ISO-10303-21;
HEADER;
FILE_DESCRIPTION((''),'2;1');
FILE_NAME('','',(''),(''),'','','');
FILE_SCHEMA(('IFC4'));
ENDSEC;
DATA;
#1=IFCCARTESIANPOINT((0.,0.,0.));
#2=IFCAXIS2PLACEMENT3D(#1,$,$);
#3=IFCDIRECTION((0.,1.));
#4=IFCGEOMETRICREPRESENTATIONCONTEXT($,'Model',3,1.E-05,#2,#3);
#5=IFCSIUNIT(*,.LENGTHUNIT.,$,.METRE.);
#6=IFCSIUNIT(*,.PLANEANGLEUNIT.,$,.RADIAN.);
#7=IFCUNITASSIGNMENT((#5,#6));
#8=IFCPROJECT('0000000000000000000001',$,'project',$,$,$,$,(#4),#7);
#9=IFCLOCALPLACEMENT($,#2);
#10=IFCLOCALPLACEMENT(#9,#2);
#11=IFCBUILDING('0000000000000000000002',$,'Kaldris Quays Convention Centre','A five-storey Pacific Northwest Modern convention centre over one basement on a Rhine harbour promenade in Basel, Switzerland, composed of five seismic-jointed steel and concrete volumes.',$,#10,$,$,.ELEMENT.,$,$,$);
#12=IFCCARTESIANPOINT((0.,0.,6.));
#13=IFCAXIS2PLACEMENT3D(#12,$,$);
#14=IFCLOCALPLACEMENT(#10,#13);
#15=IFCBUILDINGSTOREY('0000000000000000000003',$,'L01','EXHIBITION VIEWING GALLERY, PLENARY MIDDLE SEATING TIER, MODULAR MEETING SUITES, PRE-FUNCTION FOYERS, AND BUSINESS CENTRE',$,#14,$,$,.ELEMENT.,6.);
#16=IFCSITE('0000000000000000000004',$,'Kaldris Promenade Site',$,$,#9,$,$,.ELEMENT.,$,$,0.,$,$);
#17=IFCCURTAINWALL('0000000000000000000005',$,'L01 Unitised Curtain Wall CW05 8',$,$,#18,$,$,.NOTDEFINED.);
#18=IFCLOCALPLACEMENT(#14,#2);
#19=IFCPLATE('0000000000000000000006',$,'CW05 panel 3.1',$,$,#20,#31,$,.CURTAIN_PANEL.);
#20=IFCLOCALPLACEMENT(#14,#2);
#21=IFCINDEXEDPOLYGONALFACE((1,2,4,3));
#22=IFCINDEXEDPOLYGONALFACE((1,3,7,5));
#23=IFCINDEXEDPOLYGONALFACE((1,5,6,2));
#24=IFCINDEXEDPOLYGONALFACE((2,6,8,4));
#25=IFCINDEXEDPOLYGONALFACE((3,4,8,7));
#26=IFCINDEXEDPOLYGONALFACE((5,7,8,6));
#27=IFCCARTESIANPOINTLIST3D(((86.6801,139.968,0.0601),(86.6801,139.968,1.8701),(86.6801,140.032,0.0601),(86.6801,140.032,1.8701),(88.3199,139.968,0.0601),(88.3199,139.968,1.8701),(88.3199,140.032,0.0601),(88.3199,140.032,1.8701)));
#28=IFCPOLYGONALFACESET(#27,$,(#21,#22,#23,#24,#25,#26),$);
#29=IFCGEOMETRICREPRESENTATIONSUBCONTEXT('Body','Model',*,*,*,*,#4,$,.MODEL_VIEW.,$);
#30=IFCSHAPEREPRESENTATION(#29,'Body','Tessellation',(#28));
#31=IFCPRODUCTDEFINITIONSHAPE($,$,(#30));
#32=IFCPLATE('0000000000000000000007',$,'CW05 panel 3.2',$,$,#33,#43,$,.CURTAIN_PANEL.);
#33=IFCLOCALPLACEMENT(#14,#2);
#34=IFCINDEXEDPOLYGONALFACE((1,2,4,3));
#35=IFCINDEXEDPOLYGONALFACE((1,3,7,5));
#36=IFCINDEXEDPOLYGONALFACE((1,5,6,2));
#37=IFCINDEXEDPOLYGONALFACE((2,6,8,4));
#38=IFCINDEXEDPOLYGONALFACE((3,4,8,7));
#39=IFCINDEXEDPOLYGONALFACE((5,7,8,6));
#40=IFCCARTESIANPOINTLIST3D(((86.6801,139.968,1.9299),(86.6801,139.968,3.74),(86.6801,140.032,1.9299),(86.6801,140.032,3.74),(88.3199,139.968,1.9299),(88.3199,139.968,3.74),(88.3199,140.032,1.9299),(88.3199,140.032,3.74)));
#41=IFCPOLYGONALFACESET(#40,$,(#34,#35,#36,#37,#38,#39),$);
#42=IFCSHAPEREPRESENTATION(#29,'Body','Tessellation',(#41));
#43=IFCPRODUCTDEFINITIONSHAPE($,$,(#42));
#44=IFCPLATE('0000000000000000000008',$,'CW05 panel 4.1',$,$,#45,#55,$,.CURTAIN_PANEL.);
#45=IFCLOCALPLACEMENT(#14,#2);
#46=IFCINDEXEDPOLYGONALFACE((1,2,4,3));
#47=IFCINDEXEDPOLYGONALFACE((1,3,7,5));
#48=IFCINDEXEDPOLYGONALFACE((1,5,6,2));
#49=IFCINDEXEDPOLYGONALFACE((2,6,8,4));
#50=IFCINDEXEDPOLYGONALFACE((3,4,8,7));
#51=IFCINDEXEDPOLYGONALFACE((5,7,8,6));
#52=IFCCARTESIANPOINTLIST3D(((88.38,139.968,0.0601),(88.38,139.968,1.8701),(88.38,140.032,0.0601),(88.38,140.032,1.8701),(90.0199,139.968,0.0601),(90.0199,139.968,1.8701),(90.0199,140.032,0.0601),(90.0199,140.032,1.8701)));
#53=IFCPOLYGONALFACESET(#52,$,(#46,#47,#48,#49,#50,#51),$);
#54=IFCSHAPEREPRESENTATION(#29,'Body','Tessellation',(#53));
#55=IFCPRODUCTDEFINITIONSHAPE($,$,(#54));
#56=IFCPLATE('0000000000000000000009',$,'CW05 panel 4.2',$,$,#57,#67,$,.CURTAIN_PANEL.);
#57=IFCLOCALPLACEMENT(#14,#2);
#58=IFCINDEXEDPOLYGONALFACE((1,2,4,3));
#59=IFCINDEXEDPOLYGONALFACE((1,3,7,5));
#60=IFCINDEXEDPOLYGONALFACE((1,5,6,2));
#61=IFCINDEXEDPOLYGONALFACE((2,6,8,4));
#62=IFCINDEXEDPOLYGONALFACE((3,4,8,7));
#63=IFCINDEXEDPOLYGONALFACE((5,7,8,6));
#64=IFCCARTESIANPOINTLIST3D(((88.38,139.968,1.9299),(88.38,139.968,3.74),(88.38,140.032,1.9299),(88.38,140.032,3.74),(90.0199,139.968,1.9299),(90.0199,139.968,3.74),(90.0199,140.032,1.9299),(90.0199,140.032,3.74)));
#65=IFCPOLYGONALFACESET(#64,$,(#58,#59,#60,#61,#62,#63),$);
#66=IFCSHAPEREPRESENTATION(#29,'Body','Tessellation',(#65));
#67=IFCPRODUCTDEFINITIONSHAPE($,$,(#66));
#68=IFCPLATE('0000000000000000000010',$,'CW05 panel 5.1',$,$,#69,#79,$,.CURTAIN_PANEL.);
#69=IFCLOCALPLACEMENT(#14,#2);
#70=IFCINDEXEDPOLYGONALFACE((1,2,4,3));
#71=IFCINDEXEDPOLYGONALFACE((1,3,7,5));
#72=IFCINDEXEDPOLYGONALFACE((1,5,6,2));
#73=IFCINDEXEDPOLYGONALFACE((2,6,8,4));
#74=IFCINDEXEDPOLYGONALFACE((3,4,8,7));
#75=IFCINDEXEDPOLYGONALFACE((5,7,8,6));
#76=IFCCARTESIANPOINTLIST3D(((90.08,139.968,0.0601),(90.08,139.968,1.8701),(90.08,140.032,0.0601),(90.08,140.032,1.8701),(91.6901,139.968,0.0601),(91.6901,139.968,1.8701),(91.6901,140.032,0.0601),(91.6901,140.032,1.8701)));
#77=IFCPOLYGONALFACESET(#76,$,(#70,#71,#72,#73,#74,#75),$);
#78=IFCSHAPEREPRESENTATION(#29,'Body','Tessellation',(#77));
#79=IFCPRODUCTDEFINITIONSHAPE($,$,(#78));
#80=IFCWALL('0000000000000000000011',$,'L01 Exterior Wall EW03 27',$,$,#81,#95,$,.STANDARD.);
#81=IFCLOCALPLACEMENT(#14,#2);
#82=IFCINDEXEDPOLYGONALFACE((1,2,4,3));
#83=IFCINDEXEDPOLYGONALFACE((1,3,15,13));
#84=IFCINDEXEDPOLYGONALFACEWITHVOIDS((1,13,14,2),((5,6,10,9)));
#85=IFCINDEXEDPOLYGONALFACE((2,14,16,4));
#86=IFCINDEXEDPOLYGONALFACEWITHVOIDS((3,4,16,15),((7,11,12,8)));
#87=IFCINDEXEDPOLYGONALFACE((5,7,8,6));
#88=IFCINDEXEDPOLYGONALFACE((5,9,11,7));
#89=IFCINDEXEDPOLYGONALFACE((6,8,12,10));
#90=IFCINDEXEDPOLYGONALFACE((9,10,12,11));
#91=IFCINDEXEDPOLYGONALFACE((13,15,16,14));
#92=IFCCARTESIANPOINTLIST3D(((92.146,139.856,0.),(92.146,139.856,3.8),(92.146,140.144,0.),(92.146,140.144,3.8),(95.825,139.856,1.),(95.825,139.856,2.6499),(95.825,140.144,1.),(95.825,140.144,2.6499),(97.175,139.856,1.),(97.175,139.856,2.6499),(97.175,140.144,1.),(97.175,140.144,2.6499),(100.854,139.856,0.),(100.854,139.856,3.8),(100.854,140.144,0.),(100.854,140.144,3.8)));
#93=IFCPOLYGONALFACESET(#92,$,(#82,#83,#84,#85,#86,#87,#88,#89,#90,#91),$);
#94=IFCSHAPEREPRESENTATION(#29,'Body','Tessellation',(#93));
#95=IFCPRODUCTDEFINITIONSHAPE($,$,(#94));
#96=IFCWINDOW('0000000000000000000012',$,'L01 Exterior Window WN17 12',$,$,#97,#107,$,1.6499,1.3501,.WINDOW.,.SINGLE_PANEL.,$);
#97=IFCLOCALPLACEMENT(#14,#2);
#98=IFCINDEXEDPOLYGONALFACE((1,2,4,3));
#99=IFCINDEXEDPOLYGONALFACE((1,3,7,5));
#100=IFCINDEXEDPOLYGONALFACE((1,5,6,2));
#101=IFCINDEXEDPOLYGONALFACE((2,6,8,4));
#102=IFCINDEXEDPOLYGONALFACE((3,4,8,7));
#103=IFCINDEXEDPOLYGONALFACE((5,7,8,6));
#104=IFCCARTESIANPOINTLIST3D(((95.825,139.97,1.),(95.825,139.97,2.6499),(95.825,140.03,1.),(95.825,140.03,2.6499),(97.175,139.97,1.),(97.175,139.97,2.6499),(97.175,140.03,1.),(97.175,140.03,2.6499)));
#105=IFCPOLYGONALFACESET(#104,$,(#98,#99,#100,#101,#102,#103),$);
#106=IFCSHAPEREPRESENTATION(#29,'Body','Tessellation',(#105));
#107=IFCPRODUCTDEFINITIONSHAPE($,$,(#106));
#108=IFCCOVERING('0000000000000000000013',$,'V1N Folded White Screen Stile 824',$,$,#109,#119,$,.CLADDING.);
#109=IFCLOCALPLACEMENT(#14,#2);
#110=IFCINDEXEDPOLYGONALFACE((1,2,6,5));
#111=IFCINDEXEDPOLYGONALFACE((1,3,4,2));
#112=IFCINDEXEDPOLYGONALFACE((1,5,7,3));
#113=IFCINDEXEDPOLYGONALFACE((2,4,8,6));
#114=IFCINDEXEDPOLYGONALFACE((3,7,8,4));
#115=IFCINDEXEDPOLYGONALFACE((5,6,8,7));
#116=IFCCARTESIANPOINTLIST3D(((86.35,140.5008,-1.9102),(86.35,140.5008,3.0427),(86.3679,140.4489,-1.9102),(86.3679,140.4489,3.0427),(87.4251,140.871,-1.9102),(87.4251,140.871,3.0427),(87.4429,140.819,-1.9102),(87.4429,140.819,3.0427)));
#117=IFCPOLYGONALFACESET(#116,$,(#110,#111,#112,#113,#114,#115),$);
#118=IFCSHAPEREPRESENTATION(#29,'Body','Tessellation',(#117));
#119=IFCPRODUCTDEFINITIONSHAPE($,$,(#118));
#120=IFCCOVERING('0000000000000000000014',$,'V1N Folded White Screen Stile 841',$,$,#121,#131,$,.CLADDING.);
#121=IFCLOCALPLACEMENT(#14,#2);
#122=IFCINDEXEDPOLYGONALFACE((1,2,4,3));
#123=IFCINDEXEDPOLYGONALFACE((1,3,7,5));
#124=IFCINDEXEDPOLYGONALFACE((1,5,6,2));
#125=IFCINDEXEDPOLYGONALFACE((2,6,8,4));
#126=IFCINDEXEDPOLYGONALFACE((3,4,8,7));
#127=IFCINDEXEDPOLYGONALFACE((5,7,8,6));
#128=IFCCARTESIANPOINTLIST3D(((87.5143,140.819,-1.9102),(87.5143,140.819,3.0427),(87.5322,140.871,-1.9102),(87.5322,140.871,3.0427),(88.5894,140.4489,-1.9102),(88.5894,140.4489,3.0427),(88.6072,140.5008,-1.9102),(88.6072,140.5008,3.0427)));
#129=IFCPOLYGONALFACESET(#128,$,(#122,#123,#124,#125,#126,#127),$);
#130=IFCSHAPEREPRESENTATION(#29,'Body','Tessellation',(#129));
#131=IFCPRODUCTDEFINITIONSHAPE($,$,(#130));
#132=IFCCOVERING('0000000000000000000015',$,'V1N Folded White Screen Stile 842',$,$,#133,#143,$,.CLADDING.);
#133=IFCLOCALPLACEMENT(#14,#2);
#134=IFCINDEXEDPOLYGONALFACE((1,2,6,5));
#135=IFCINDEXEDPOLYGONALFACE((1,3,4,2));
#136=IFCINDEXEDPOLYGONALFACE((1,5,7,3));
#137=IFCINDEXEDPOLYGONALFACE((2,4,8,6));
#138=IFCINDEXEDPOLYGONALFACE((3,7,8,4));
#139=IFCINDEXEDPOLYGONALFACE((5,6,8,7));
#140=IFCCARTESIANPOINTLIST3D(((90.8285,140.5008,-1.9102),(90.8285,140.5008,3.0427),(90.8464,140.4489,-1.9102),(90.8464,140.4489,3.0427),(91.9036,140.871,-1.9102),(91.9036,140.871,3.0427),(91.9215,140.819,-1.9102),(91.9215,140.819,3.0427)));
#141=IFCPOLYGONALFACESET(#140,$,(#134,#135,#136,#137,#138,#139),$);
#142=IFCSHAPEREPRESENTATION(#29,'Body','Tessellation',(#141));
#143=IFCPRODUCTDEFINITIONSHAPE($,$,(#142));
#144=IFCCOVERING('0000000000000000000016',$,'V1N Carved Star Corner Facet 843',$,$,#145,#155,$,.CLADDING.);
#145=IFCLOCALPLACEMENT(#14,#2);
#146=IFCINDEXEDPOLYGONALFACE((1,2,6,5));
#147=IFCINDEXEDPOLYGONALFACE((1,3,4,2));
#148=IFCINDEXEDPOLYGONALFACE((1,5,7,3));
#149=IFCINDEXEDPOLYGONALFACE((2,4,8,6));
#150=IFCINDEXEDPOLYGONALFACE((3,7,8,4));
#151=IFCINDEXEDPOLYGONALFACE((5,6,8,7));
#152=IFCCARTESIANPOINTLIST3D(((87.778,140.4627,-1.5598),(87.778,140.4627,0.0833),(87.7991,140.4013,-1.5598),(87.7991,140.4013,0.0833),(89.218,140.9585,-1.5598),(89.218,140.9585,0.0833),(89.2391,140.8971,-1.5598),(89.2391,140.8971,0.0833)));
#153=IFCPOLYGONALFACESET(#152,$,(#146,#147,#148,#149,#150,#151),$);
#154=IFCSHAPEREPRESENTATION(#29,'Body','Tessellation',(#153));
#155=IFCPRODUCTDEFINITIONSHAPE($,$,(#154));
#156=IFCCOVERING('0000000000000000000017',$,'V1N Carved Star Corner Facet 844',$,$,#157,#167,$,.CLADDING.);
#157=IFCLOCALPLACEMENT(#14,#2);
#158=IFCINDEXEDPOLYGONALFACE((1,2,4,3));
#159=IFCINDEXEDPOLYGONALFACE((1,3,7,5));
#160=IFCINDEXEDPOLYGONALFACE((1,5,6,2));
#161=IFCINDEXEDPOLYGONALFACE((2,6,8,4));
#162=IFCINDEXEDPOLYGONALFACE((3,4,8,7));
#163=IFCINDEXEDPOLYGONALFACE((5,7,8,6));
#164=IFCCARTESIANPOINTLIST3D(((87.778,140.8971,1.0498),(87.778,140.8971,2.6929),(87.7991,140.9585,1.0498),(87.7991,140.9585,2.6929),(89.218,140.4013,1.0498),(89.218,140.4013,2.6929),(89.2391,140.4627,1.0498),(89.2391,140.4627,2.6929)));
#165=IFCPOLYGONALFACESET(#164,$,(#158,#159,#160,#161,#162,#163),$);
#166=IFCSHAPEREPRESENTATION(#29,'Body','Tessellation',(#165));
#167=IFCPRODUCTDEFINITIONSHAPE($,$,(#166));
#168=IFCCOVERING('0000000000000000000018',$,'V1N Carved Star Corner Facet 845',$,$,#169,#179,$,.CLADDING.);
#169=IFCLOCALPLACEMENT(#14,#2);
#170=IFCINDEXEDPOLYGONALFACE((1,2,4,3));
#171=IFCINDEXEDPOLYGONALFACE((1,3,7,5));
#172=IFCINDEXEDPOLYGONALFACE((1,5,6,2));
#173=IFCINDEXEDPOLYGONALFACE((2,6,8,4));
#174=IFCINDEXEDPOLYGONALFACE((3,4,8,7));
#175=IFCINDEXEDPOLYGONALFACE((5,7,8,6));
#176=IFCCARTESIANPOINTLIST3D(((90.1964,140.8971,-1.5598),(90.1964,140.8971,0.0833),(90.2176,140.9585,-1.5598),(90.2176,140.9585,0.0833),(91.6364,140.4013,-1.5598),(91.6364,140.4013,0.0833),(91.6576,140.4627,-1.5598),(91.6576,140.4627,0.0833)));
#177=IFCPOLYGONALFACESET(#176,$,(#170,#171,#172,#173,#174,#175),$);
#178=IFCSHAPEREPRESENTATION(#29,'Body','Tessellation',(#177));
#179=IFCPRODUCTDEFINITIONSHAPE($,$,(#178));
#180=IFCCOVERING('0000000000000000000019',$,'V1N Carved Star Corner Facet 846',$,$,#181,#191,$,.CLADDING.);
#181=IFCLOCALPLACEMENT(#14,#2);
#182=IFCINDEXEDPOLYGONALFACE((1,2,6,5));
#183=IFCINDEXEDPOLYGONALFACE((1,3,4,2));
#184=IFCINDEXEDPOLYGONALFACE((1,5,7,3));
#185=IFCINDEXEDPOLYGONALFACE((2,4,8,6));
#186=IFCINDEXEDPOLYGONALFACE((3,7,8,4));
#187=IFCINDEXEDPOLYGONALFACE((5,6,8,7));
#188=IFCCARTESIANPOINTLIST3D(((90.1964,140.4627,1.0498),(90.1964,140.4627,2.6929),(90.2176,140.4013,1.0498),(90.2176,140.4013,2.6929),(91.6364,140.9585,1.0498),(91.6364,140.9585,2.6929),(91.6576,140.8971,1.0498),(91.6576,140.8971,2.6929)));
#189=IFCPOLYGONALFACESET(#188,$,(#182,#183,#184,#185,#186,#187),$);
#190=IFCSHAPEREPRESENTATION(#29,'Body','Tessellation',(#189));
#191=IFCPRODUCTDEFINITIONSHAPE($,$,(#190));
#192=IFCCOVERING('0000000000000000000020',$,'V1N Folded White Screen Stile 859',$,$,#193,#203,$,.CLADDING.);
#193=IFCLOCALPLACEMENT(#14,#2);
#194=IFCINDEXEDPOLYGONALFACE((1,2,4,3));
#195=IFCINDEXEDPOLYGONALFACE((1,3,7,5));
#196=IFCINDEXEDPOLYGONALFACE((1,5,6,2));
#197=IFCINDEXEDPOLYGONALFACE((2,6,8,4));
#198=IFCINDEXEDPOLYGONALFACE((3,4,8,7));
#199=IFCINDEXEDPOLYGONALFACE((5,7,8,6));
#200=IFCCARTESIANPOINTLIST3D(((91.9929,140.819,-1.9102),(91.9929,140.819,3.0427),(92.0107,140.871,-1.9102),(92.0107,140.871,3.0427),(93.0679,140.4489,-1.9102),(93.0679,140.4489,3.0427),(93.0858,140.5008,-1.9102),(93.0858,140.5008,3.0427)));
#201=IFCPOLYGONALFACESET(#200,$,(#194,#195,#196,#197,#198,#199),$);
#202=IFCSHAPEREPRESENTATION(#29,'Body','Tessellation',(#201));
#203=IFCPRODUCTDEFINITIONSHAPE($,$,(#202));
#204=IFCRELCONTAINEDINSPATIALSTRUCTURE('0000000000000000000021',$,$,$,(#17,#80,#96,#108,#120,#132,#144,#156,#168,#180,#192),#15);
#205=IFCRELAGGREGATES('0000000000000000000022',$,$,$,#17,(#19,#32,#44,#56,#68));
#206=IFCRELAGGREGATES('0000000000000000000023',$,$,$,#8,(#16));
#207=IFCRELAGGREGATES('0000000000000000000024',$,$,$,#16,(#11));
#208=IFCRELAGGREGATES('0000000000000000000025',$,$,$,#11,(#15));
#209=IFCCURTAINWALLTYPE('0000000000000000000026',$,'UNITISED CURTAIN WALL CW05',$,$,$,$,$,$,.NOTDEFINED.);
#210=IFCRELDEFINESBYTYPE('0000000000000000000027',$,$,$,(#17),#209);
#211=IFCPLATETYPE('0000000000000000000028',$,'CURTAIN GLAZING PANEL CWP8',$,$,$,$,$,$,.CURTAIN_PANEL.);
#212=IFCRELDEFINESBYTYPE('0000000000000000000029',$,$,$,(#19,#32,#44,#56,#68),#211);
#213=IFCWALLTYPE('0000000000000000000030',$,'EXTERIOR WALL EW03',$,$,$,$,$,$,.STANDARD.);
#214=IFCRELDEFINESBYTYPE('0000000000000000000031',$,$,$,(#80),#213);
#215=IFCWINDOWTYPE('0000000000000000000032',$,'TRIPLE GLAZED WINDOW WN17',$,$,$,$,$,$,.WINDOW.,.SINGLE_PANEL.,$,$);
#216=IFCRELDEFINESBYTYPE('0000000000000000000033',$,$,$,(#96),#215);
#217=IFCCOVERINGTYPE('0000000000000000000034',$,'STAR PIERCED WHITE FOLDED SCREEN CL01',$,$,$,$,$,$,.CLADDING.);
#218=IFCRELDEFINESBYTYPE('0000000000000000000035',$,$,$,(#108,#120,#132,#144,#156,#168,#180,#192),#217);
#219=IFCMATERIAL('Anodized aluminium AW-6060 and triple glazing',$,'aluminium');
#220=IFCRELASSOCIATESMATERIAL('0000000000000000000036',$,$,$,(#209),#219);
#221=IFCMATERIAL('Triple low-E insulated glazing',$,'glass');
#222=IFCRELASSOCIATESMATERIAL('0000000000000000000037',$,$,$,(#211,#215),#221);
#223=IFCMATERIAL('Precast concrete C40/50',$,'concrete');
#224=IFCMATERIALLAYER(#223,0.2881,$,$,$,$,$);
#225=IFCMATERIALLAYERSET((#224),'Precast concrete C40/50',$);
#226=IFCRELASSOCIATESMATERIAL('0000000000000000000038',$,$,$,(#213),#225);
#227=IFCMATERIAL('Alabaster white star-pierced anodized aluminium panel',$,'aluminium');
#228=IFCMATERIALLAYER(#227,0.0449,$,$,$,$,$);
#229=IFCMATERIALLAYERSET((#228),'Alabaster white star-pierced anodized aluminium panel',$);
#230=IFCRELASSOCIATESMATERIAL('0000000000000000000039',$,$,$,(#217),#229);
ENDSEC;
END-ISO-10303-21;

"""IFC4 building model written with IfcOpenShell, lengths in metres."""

from ifc_helpers import new_model, si_unit, direction, frame, frame_2d, origin, origin_2d, place, context, subcontext, project, spatial, rectangle, extrude, material, layer, layer_set, type_object, element, fill, aggregate, save


model = new_model("IFC4")

# Units and contexts
model_context = context("Model", 3, precision=1e-05, world=origin(), true_north=direction((0.0, 1.0)))
body_context = subcontext(model_context, "Body", "Model", "MODEL_VIEW")
ifc_project = project(units=[si_unit("LENGTHUNIT", "METRE"), si_unit("PLANEANGLEUNIT", "RADIAN")], contexts=[model_context])

# Site, building, storey
site_placement = place(None, origin())
site = spatial("IfcSite", under=ifc_project, at=site_placement, Name="Kaldris Promenade Site", CompositionType="ELEMENT", RefElevation=0.0)
building_placement = place(site_placement, origin())
building = spatial("IfcBuilding", under=site, at=building_placement, Name="Kaldris Quays Convention Centre", Description="A five-storey Pacific Northwest Modern convention centre over one basement on a Rhine harbour promenade in Basel, Switzerland, composed of five seismic-jointed steel and concrete volumes.", CompositionType="ELEMENT")
storey_placement = place(building_placement, frame((0.0, 0.0, 6.0)))
storey = spatial("IfcBuildingStorey", under=building, at=storey_placement, Name="L01", Description="EXHIBITION VIEWING GALLERY, PLENARY MIDDLE SEATING TIER, MODULAR MEETING SUITES, PRE-FUNCTION FOYERS, AND BUSINESS CENTRE", CompositionType="ELEMENT", Elevation=6.0)

# Curtain wall, plates
ifc_material_1 = material(Name="Anodized aluminium AW-6060 and triple glazing", Category="aluminium")
curtain_wall_type = type_object("IfcCurtainWallType", Name="UNITISED CURTAIN WALL CW05", PredefinedType="NOTDEFINED", material=ifc_material_1)
curtain_wall_placement = place(storey_placement, origin())
curtain_wall = element("IfcCurtainWall", 1, at=curtain_wall_placement, inside=storey, type_object=curtain_wall_type, Name="L01 Unitised Curtain Wall CW05 8", PredefinedType="NOTDEFINED")
ifc_material_2 = material(Name="Triple low-E insulated glazing", Category="glass")
plate_type = type_object("IfcPlateType", Name="CURTAIN GLAZING PANEL CWP8", PredefinedType="CURTAIN_PANEL", material=ifc_material_2)
plate_1_placement = place(storey_placement, frame((87.5, 140.0, 0.0601), z_axis=(0.0, 0.0, 1.0), x_axis=(1.0, 0.0, 0.0)))
plate_1 = element("IfcPlate", 2, at=plate_1_placement, type_object=plate_type, Name="CW05 panel 3.1", PredefinedType="CURTAIN_PANEL", context=body_context, shape_type="SweptSolid", body=[
    extrude(rectangle(XDim=1.6399, YDim=0.064, at=origin_2d()), origin(), (0.0, 0.0, 1.0), 1.8101),
])
plate_2_placement = place(storey_placement, frame((87.5, 140.0, 1.9299), z_axis=(0.0, 0.0, 1.0), x_axis=(1.0, 0.0, 0.0)))
plate_2 = element("IfcPlate", 3, at=plate_2_placement, type_object=plate_type, Name="CW05 panel 3.2", PredefinedType="CURTAIN_PANEL", context=body_context, shape_type="SweptSolid", body=[
    extrude(rectangle(XDim=1.6399, YDim=0.064, at=origin_2d()), origin(), (0.0, 0.0, 1.0), 1.8101),
])
plate_3_placement = place(storey_placement, frame((89.2, 140.0, 0.0601), z_axis=(0.0, 0.0, 1.0), x_axis=(1.0, 0.0, 0.0)))
plate_3 = element("IfcPlate", 4, at=plate_3_placement, type_object=plate_type, Name="CW05 panel 4.1", PredefinedType="CURTAIN_PANEL", context=body_context, shape_type="SweptSolid", body=[
    extrude(rectangle(XDim=1.6399, YDim=0.064, at=origin_2d()), origin(), (0.0, 0.0, 1.0), 1.8101),
])
plate_4_placement = place(storey_placement, frame((89.2, 140.0, 1.9299), z_axis=(0.0, 0.0, 1.0), x_axis=(1.0, 0.0, 0.0)))
plate_4 = element("IfcPlate", 5, at=plate_4_placement, type_object=plate_type, Name="CW05 panel 4.2", PredefinedType="CURTAIN_PANEL", context=body_context, shape_type="SweptSolid", body=[
    extrude(rectangle(XDim=1.6399, YDim=0.064, at=origin_2d()), origin(), (0.0, 0.0, 1.0), 1.8101),
])
plate_5_placement = place(storey_placement, frame((90.885, 140.0, 0.0601), z_axis=(0.0, 0.0, 1.0), x_axis=(1.0, 0.0, 0.0)))
plate_5 = element("IfcPlate", 6, at=plate_5_placement, type_object=plate_type, Name="CW05 panel 5.1", PredefinedType="CURTAIN_PANEL", context=body_context, shape_type="SweptSolid", body=[
    extrude(rectangle(XDim=1.6101, YDim=0.064, at=origin_2d()), origin(), (0.0, 0.0, 1.0), 1.8101),
])
aggregate(curtain_wall, [plate_1, plate_2, plate_3, plate_4, plate_5])

# Wall, opening, window
ifc_material_3 = material(Name="Precast concrete C40/50", Category="concrete")
ifc_layer_1 = layer(ifc_material_3, 0.2881)
ifc_layer_set_1 = layer_set([ifc_layer_1], Name="Precast concrete C40/50")
wall_type = type_object("IfcWallType", Name="EXTERIOR WALL EW03", PredefinedType="STANDARD", material=ifc_layer_set_1)
wall_placement = place(storey_placement, frame((92.146, 140.0, 0.0), z_axis=(0.0, 0.0, 1.0), x_axis=(1.0, 0.0, 0.0)))
wall = element("IfcWall", 7, at=wall_placement, inside=storey, type_object=wall_type, Name="L01 Exterior Wall EW03 27", PredefinedType="STANDARD", context=body_context, shape_type="SweptSolid", body=[
    extrude(rectangle(XDim=8.708, YDim=0.2881, at=frame_2d((4.354, 0.0))), origin(), (0.0, 0.0, 1.0), 3.8),
])
opening_placement = place(wall_placement, frame((3.679, 0.0, 1.0)))
opening = element("IfcOpeningElement", 8, at=opening_placement, cuts=wall, PredefinedType="OPENING", context=body_context, shape_type="SweptSolid", body=[
    extrude(rectangle(XDim=1.3501, YDim=1.6499, at=frame_2d((0.675, 0.825))), frame((0.0, 0.1541, 0.0), z_axis=(0.0, -1.0, 0.0), x_axis=(1.0, 0.0, 0.0)), (0.0, 0.0, 1.0), 0.3081),
])
window_type = type_object("IfcWindowType", Name="TRIPLE GLAZED WINDOW WN17", PartitioningType="SINGLE_PANEL", PredefinedType="WINDOW", material=ifc_material_2)
window_placement = place(opening_placement, origin())
window = element("IfcWindow", 9, at=window_placement, inside=storey, type_object=window_type, Name="L01 Exterior Window WN17 12", OverallHeight=1.6499, OverallWidth=1.3501, PartitioningType="SINGLE_PANEL", PredefinedType="WINDOW", context=body_context, shape_type="SweptSolid", body=[
    extrude(rectangle(XDim=1.3501, YDim=1.6499, at=frame_2d((0.675, 0.825))), frame((0.0, 0.03, 0.0), z_axis=(0.0, -1.0, 0.0), x_axis=(1.0, 0.0, 0.0)), (0.0, 0.0, 1.0), 0.0601),
])
fill(opening, window)

# Coverings
ifc_material_4 = material(Name="Alabaster white star-pierced anodized aluminium panel", Category="aluminium")
ifc_layer_2 = layer(ifc_material_4, 0.0449)
ifc_layer_set_2 = layer_set([ifc_layer_2], Name="Alabaster white star-pierced anodized aluminium panel")
covering_type = type_object("IfcCoveringType", Name="STAR PIERCED WHITE FOLDED SCREEN CL01", PredefinedType="CLADDING", material=ifc_layer_set_2)
for number, where, z_axis, x_axis, name in (
    (10, (86.8965, 140.6599, -1.9102), (0.0, 0.0, 1.0), (0.945519, 0.325568, 0.0), "V1N Folded White Screen Stile 824"),
    (11, (88.0608, 140.6599, -1.9102), (0.0, 0.0, 1.0), (0.945519, -0.325568, 0.0), "V1N Folded White Screen Stile 841"),
    (12, (91.375, 140.6599, -1.9102), (0.0, 0.0, 1.0), (0.945519, 0.325568, 0.0), "V1N Folded White Screen Stile 842"),
):
    element("IfcCovering", number, at=place(storey_placement, frame(where, z_axis=z_axis, x_axis=x_axis)), inside=storey, type_object=covering_type, Name=name, PredefinedType="CLADDING", context=body_context, shape_type="SweptSolid", body=[
        extrude(rectangle(XDim=1.137, YDim=0.0549, at=origin_2d()), origin(), (0.0, 0.0, 1.0), 4.9529),
    ])
for number, where, z_axis, x_axis, name in (
    (13, (88.5085, 140.6799, -1.5598), (0.0, 0.0, 1.0), (0.945519, 0.325568, 0.0), "V1N Carved Star Corner Facet 843"),
    (14, (88.5085, 140.6799, 1.0498), (0.0, 0.0, 1.0), (0.945519, -0.325568, 0.0), "V1N Carved Star Corner Facet 844"),
    (15, (90.927, 140.6799, -1.5598), (0.0, 0.0, 1.0), (0.945519, -0.325568, 0.0), "V1N Carved Star Corner Facet 845"),
    (16, (90.927, 140.6799, 1.0498), (0.0, 0.0, 1.0), (0.945519, 0.325568, 0.0), "V1N Carved Star Corner Facet 846"),
):
    element("IfcCovering", number, at=place(storey_placement, frame(where, z_axis=z_axis, x_axis=x_axis)), inside=storey, type_object=covering_type, Name=name, PredefinedType="CLADDING", context=body_context, shape_type="SweptSolid", body=[
        extrude(rectangle(XDim=1.5229, YDim=0.0649, at=origin_2d()), origin(), (0.0, 0.0, 1.0), 1.6431),
    ])
covering_placement = place(storey_placement, frame((92.5393, 140.6599, -1.9102), z_axis=(0.0, 0.0, 1.0), x_axis=(0.945519, -0.325568, 0.0)))
element("IfcCovering", 17, at=covering_placement, inside=storey, type_object=covering_type, Name="V1N Folded White Screen Stile 859", PredefinedType="CLADDING", context=body_context, shape_type="SweptSolid", body=[
    extrude(rectangle(XDim=1.137, YDim=0.0549, at=origin_2d()), origin(), (0.0, 0.0, 1.0), 4.9529),
])

save(model, "model.ifc")
